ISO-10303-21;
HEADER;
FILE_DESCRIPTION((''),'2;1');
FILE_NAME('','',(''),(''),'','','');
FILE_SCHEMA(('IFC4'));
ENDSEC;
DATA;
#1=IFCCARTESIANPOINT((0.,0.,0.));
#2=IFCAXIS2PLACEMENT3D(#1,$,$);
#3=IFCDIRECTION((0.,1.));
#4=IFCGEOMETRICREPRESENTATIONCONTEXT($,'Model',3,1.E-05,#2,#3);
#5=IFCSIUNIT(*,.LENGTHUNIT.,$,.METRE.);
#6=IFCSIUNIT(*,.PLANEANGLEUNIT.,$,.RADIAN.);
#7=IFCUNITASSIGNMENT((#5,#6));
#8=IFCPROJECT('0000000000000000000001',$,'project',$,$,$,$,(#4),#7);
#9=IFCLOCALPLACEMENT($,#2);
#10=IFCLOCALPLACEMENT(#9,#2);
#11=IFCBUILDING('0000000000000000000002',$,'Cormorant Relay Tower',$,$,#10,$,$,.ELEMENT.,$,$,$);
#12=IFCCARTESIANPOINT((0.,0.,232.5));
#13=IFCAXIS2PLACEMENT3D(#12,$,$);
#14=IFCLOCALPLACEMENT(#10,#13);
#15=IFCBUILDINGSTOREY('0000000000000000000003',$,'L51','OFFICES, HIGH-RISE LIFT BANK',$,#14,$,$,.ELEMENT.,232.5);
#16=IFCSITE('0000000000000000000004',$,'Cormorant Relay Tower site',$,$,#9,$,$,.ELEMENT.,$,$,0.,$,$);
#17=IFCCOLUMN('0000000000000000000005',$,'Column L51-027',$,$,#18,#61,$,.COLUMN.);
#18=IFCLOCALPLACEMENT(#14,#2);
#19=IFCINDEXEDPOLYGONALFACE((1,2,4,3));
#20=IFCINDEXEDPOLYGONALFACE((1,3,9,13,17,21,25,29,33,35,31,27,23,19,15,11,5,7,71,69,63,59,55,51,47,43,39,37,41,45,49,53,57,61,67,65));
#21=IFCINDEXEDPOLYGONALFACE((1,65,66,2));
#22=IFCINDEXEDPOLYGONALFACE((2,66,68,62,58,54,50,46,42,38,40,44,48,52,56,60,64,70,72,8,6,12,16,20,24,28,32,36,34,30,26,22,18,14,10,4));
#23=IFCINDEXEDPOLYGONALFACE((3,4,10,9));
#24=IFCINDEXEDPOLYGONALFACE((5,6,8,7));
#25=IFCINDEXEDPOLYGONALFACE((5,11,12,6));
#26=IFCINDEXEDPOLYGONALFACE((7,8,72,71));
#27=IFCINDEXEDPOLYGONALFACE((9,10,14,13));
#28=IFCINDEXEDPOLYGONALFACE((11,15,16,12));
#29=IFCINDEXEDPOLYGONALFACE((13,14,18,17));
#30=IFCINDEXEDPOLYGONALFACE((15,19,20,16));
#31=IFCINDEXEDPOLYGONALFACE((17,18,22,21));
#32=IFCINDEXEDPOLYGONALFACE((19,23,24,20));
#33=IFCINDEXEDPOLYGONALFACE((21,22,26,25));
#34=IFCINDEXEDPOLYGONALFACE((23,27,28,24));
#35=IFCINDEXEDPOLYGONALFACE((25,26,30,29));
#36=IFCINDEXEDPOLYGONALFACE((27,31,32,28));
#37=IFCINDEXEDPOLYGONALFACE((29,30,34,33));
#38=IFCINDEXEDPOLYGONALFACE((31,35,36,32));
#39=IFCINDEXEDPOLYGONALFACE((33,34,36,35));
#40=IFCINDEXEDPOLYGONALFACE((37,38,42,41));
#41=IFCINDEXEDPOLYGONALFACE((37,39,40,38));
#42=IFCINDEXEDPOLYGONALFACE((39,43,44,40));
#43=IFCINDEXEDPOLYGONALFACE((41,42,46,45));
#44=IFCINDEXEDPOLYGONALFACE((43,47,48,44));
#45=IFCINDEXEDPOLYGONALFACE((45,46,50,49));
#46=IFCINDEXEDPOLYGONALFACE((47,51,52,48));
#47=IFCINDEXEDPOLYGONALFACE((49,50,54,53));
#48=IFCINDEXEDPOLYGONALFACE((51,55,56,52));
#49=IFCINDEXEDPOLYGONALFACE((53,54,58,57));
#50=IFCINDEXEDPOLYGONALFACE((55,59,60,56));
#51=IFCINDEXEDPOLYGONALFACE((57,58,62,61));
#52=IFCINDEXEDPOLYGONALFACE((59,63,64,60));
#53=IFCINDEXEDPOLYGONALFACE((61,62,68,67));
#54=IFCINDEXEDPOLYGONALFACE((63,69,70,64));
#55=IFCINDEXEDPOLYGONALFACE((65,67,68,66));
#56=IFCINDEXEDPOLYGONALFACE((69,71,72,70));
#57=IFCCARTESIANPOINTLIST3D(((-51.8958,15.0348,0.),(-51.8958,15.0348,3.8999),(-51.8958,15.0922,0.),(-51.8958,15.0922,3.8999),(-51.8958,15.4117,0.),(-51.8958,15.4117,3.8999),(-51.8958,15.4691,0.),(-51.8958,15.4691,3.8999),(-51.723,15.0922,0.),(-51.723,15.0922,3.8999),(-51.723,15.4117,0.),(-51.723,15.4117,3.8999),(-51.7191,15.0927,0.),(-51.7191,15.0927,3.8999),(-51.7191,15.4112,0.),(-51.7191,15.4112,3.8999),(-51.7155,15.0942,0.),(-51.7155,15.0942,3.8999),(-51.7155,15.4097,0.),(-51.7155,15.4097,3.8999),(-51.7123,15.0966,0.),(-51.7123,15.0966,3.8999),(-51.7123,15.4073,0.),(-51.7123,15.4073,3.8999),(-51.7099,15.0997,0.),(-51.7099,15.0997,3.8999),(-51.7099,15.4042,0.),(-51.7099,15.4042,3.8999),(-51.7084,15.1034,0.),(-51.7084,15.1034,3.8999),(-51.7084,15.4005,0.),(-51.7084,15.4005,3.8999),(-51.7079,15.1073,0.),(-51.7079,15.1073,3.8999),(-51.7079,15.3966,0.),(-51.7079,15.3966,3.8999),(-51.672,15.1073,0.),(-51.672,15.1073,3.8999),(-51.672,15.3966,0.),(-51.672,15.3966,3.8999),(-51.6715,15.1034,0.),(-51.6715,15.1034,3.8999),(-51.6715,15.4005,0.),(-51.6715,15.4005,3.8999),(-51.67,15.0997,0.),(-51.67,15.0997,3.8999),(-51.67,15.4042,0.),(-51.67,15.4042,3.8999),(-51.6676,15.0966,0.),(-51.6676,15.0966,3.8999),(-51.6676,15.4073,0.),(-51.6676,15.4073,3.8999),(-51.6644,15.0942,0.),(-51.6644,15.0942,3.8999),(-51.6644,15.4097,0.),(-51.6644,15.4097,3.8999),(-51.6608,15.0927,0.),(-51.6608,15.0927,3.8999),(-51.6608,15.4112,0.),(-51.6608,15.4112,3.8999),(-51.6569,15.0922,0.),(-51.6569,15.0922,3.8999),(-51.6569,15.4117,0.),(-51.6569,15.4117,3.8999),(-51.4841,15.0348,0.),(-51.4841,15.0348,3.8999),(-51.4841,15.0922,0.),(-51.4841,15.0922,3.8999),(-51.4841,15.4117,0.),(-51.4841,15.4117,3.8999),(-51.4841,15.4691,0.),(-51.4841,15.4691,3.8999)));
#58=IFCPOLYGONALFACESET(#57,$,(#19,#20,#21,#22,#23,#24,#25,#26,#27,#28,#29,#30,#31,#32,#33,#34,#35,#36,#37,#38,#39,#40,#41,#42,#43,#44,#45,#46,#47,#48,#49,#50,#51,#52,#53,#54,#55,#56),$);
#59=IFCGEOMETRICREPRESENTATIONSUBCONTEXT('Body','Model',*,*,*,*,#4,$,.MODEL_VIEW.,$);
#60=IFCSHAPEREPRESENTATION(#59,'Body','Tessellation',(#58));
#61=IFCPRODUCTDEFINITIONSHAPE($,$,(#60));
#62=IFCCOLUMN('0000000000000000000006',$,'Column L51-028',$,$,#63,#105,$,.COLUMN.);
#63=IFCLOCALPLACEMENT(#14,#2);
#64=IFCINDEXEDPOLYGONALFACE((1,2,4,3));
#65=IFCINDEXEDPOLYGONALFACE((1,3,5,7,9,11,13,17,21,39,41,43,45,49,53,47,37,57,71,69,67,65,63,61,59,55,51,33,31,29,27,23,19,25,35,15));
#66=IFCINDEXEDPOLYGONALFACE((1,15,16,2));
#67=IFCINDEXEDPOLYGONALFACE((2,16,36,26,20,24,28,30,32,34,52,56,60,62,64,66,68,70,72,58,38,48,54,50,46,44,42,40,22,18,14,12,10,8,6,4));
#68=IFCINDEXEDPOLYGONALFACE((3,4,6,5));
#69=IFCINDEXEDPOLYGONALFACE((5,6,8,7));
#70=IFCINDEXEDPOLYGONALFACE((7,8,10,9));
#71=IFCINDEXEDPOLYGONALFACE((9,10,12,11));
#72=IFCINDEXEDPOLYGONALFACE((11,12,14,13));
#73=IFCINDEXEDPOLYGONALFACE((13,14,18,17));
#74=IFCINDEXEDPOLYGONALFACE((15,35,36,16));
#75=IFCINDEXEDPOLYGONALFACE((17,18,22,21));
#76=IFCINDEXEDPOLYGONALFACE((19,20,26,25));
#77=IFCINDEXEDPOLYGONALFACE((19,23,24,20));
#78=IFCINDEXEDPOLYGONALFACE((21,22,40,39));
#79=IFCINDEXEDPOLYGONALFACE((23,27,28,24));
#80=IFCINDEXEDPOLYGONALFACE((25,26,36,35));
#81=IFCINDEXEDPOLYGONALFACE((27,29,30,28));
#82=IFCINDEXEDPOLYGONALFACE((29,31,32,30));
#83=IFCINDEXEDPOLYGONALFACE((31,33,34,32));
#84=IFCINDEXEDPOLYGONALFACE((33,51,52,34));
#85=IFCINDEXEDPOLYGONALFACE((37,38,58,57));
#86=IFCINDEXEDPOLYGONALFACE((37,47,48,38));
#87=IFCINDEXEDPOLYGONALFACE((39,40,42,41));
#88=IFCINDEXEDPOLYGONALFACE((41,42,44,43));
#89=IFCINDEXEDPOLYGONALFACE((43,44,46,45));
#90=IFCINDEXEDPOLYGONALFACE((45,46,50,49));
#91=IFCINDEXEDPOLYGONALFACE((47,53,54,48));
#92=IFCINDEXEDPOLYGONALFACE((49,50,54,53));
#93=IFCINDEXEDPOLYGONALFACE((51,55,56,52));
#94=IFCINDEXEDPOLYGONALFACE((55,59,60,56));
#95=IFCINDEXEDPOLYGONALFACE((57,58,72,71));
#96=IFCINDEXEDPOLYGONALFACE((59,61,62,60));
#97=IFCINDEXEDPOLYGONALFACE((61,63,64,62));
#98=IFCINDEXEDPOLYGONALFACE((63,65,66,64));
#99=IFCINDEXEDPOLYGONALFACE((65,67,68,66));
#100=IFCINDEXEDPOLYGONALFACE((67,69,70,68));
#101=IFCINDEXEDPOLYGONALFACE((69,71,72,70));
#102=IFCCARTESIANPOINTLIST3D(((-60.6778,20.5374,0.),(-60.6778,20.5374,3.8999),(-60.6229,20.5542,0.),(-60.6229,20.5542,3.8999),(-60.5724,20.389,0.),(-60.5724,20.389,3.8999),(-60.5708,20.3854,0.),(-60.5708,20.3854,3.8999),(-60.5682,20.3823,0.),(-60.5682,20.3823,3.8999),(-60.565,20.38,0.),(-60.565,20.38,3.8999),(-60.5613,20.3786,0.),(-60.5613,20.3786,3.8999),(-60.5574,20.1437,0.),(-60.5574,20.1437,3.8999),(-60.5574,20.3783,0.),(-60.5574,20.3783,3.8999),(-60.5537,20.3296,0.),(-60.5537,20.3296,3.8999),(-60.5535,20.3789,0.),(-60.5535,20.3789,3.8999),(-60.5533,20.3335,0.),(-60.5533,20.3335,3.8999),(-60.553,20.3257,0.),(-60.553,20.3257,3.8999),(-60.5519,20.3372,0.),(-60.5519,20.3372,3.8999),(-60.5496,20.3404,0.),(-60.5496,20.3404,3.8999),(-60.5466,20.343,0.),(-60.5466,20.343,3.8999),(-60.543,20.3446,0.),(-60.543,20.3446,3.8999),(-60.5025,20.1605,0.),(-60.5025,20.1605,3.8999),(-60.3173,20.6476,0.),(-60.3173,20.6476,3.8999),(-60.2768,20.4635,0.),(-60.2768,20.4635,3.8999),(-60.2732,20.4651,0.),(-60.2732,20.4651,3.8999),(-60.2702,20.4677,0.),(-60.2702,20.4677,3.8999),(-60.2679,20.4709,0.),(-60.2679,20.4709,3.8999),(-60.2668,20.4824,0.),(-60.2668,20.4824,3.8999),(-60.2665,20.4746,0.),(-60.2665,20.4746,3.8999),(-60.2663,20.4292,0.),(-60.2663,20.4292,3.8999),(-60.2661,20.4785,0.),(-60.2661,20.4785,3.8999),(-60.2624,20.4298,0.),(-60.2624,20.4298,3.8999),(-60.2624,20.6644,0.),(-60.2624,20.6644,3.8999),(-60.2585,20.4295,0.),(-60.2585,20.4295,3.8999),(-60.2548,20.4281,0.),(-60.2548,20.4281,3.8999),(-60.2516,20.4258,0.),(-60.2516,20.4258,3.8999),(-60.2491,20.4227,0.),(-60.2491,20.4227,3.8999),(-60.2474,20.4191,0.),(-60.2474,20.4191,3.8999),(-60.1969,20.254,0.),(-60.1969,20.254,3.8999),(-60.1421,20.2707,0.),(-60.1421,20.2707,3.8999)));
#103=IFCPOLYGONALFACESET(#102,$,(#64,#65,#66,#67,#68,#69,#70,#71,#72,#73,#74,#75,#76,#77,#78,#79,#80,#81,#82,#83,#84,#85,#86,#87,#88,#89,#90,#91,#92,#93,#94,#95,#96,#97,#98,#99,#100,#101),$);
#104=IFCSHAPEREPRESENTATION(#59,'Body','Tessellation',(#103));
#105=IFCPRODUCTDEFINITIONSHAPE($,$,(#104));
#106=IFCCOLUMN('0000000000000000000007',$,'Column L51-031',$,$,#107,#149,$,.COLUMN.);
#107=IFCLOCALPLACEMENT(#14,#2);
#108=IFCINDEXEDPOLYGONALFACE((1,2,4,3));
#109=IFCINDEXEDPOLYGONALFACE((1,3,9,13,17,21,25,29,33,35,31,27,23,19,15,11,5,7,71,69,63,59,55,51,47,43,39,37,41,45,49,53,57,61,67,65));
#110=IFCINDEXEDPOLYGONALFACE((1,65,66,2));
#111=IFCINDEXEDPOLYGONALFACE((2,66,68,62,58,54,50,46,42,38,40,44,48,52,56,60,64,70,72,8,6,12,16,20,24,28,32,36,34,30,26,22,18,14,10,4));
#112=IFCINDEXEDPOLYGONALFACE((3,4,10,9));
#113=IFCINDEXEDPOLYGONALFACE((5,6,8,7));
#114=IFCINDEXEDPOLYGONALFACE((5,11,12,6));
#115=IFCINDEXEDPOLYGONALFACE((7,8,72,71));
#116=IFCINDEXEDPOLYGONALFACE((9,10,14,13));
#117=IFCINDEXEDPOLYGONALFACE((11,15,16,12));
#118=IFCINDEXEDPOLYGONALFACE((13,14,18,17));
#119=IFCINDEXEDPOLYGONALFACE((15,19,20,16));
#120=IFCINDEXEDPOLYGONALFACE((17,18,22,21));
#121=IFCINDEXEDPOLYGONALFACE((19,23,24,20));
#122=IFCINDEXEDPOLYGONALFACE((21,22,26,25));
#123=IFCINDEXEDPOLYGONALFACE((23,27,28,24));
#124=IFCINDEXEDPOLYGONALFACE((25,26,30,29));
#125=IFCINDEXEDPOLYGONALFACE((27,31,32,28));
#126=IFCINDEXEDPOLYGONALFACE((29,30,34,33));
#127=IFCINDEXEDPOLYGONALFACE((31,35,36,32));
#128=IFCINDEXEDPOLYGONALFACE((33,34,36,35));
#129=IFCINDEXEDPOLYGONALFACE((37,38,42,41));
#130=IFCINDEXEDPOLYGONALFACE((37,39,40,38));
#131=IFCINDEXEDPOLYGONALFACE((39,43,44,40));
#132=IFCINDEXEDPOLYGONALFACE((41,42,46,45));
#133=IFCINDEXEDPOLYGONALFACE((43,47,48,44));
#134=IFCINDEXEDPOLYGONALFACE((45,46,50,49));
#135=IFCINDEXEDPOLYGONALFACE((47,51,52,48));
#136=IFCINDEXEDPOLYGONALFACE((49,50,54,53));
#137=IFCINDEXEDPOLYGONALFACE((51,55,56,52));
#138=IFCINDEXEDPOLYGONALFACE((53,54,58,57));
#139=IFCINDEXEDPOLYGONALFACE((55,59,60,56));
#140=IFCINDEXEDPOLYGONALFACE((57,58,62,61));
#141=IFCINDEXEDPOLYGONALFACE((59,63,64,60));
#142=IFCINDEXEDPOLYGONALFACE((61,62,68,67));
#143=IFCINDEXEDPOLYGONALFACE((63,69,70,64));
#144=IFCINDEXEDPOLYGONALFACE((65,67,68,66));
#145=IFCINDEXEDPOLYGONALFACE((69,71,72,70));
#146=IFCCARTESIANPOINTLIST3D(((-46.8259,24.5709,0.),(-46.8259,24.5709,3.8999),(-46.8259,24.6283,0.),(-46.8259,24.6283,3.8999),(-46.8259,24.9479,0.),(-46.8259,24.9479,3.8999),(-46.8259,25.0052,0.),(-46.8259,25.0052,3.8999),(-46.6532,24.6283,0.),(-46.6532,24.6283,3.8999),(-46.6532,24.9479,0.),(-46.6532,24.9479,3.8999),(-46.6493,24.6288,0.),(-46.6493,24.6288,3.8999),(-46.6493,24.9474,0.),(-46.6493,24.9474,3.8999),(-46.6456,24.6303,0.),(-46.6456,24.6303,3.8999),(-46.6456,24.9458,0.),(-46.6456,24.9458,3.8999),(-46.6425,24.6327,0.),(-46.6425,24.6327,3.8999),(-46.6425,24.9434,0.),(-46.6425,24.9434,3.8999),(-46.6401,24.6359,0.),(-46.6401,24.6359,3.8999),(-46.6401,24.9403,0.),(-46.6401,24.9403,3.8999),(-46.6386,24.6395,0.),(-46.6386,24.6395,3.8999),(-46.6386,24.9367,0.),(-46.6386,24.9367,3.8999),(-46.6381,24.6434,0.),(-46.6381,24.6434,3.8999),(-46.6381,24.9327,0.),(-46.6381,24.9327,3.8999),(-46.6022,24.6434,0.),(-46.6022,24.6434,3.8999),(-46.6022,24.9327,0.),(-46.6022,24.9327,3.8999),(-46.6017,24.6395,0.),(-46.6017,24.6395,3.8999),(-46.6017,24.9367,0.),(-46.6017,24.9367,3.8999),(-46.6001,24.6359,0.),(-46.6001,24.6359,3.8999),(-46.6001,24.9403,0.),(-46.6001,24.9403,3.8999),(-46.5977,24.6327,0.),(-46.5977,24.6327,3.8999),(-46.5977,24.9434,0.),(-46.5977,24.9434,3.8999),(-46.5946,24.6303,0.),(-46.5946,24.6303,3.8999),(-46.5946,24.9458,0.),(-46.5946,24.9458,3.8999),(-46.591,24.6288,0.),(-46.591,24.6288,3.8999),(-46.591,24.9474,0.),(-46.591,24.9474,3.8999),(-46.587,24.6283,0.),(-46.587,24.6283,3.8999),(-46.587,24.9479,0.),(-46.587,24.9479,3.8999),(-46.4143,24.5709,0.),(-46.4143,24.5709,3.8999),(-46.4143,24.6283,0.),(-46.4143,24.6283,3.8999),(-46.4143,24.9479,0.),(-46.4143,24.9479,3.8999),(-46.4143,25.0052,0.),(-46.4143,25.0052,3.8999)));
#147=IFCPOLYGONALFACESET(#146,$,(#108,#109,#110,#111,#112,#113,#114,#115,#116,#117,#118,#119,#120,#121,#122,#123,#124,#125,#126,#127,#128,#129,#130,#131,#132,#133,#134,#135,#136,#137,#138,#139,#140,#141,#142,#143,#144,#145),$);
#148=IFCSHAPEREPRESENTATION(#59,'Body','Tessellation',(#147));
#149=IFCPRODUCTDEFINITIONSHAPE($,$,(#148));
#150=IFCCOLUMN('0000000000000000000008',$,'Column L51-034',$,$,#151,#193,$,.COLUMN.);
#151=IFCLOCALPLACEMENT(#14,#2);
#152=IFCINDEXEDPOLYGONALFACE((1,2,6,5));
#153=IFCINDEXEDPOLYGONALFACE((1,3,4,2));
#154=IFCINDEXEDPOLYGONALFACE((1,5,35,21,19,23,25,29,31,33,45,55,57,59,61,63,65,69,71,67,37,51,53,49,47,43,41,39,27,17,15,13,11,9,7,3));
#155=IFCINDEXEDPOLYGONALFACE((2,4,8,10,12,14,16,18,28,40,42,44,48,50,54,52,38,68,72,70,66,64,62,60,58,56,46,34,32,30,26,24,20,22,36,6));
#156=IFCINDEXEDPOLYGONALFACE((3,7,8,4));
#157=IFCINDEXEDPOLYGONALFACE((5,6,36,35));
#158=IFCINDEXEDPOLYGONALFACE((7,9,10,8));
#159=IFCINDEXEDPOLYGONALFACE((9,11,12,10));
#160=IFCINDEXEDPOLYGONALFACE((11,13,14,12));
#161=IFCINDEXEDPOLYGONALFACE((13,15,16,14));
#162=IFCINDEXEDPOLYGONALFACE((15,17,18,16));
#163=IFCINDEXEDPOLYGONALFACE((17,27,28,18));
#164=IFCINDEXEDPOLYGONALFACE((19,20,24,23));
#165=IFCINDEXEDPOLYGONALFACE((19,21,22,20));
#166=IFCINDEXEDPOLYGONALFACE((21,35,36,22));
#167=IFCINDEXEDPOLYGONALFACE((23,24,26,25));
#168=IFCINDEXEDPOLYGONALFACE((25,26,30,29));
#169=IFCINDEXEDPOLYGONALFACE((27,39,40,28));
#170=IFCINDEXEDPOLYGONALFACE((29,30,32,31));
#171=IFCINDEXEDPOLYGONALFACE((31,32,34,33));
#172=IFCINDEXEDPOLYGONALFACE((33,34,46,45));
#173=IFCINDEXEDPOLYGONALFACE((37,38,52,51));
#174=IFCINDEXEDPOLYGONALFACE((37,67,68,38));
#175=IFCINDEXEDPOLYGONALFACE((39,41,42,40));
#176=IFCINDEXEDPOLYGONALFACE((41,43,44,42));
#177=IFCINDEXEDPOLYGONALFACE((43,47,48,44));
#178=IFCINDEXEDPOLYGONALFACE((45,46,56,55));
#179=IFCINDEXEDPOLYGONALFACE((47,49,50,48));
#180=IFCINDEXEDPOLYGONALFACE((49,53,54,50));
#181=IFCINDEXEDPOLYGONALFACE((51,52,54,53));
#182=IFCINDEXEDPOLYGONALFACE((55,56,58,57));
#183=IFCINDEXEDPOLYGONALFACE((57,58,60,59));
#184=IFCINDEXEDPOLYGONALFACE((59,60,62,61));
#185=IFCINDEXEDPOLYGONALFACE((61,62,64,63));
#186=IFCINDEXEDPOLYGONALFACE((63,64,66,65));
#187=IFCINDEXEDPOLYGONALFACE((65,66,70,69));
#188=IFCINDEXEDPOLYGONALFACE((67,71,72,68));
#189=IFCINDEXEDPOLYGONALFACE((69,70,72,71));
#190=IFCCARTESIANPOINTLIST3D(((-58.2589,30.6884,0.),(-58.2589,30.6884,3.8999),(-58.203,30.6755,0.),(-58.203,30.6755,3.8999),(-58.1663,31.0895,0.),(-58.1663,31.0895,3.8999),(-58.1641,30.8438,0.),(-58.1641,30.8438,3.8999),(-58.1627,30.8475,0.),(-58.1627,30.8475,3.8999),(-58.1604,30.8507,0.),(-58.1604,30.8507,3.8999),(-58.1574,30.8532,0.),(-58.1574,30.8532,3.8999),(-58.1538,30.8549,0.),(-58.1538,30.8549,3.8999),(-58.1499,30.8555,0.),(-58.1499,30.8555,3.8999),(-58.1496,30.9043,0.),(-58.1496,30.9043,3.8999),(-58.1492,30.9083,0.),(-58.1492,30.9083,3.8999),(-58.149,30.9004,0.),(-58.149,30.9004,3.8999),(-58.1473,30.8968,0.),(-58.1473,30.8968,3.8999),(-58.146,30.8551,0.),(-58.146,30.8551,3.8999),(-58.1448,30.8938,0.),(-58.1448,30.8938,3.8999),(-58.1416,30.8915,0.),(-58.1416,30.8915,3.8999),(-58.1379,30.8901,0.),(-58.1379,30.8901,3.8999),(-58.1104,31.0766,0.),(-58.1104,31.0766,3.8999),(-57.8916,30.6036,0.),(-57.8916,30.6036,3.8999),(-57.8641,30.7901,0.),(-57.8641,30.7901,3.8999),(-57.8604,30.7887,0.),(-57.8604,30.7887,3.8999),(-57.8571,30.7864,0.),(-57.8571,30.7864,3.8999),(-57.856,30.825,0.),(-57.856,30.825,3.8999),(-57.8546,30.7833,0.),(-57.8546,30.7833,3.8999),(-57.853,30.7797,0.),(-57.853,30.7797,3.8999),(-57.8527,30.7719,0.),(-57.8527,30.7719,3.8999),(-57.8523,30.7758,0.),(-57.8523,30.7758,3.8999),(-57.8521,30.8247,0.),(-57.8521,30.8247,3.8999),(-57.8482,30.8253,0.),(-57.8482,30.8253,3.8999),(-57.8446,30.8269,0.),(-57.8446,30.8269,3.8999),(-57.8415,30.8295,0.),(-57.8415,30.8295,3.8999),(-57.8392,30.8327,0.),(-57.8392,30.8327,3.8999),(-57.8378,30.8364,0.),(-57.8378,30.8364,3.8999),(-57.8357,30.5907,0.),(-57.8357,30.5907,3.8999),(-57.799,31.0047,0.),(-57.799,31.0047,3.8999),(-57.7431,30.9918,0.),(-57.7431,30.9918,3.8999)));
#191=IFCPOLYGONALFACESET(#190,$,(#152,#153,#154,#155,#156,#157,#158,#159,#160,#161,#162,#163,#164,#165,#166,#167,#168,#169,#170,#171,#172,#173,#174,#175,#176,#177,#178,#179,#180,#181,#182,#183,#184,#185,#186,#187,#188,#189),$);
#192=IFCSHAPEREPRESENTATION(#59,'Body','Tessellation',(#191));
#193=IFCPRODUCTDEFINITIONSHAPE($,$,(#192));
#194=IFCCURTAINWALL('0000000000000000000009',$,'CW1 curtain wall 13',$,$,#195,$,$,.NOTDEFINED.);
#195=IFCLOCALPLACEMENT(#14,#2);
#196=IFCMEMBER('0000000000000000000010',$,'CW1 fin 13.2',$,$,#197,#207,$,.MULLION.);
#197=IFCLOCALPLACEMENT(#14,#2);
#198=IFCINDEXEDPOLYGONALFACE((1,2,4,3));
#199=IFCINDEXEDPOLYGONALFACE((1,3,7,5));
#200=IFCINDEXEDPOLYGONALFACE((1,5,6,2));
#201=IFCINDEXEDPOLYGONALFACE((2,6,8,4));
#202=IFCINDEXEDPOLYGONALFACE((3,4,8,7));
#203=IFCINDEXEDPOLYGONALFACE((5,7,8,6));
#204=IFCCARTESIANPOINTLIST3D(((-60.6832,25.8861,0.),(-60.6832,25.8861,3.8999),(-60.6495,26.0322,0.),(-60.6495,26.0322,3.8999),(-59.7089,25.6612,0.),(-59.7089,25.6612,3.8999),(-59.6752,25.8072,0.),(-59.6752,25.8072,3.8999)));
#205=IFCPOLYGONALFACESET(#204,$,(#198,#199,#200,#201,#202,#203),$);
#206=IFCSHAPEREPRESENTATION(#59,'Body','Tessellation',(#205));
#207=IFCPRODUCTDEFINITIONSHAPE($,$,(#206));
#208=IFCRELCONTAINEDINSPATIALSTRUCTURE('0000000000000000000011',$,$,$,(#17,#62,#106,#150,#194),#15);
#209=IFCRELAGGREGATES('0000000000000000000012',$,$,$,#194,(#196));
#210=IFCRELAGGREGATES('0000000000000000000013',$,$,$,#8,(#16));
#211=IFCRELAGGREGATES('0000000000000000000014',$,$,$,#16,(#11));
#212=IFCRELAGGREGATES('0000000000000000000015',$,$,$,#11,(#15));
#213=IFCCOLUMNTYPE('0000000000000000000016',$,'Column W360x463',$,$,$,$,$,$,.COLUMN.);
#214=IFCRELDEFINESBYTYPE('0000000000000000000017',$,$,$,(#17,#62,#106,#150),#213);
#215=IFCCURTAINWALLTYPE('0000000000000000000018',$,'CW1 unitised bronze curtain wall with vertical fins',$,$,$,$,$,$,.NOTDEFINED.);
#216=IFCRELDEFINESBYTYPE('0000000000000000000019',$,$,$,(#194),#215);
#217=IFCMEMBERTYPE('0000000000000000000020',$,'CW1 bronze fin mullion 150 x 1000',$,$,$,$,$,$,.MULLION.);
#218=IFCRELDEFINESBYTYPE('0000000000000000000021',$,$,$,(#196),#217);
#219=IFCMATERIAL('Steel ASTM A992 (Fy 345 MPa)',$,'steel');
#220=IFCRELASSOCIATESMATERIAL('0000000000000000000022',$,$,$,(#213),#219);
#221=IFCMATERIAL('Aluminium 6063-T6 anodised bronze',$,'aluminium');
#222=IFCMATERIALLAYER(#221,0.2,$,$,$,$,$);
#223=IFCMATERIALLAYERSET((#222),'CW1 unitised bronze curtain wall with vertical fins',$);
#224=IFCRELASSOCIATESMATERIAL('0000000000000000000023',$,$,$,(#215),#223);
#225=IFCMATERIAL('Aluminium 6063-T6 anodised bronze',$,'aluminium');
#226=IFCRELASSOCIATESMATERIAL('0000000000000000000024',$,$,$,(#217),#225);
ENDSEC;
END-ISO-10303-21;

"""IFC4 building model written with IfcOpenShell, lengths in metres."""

from ifc_helpers import new_model, si_unit, direction, frame, origin, origin_2d, place, context, subcontext, project, spatial, rectangle, i_section, extrude, material, layer, layer_set, material_profile, profile_set, type_object, element, aggregate, save


model = new_model("IFC4")

# Units and contexts
model_context = context("Model", 3, precision=1e-05, world=origin(), true_north=direction((0.0, 1.0)))
body_context = subcontext(model_context, "Body", "Model", "MODEL_VIEW")
ifc_project = project(units=[si_unit("LENGTHUNIT", "METRE"), si_unit("PLANEANGLEUNIT", "RADIAN")], contexts=[model_context])

# Site, building, storey
site_placement = place(None, origin())
site = spatial("IfcSite", under=ifc_project, at=site_placement, Name="Cormorant Relay Tower site", CompositionType="ELEMENT", RefElevation=0.0)
building_placement = place(site_placement, origin())
building = spatial("IfcBuilding", under=site, at=building_placement, Name="Cormorant Relay Tower", CompositionType="ELEMENT")
storey_placement = place(building_placement, frame((0.0, 0.0, 232.5)))
storey = spatial("IfcBuildingStorey", under=building, at=storey_placement, Name="L51", Description="OFFICES, HIGH-RISE LIFT BANK", CompositionType="ELEMENT", Elevation=232.5)

# Columns
ifc_material_1 = material(Name="Steel ASTM A992 (Fy 345 MPa)", Category="steel")
ifc_material_profile_1 = material_profile(ifc_material_1, i_section(OverallWidth=0.4116, OverallDepth=0.4343, WebThickness=0.0359, FlangeThickness=0.0574, FilletRadius=0.0151, at=origin_2d()), Name="W360x463")
ifc_profile_set_1 = profile_set([ifc_material_profile_1], Name="Steel ASTM A992 (Fy 345 MPa)")
column_type = type_object("IfcColumnType", Name="Column W360x463", PredefinedType="COLUMN", material=ifc_profile_set_1)
for number, where, z_axis, x_axis, name in (
    (1, (-51.6899, 15.252, 0.0), (0.0, 0.0, 1.0), (1.0, 0.0, 0.0), "Column L51-027"),
    (2, (-60.4099, 20.4041, 0.0), (0.0, 0.0, 1.0), (0.292372, -0.956305, 0.0), "Column L51-028"),
    (3, (-46.6201, 24.7881, 0.0), (0.0, 0.0, 1.0), (1.0, 0.0, 0.0), "Column L51-031"),
    (4, (-58.001, 30.8401, 0.0), (0.0, 0.0, 1.0), (-0.224951, -0.97437, 0.0), "Column L51-034"),
):
    element("IfcColumn", number, at=place(storey_placement, frame(where, z_axis=z_axis, x_axis=x_axis)), inside=storey, type_object=column_type, Name=name, PredefinedType="COLUMN", context=body_context, shape_type="SweptSolid", body=[
        extrude(i_section(OverallWidth=0.4116, OverallDepth=0.4343, WebThickness=0.0359, FlangeThickness=0.0574, FilletRadius=0.0151, at=origin_2d()), origin(), (0.0, 0.0, 1.0), 3.8999),
    ])

# Curtain wall, member
ifc_material_2 = material(Name="Aluminium 6063-T6 anodised bronze", Category="aluminium")
ifc_layer_1 = layer(ifc_material_2, 0.2)
ifc_layer_set_1 = layer_set([ifc_layer_1], Name="CW1 unitised bronze curtain wall with vertical fins")
curtain_wall_type = type_object("IfcCurtainWallType", Name="CW1 unitised bronze curtain wall with vertical fins", PredefinedType="NOTDEFINED", material=ifc_layer_set_1)
curtain_wall_1_placement = place(storey_placement, origin())
curtain_wall_1 = element("IfcCurtainWall", 5, at=curtain_wall_1_placement, inside=storey, type_object=curtain_wall_type, Name="CW1 curtain wall 13", PredefinedType="NOTDEFINED")
ifc_material_3 = material(Name="Aluminium 6063-T6 anodised bronze", Category="aluminium")
ifc_material_profile_2 = material_profile(ifc_material_3, rectangle(XDim=0.1499, YDim=1.0, at=origin_2d()), Name="AL 150x1000")
ifc_profile_set_2 = profile_set([ifc_material_profile_2], Name="Aluminium 6063-T6 anodised bronze")
member_type_1 = type_object("IfcMemberType", Name="CW1 bronze fin mullion 150 x 1000", PredefinedType="MULLION", material=ifc_profile_set_2)
member_1_placement = place(storey_placement, frame((-60.1792, 25.8467, 0.0), z_axis=(0.0, 0.0, 1.0), x_axis=(-0.224951, -0.97437, 0.0)))
member_1 = element("IfcMember", 6, at=member_1_placement, type_object=member_type_1, Name="CW1 fin 13.2", PredefinedType="MULLION", context=body_context, shape_type="SweptSolid", body=[
    extrude(rectangle(XDim=0.1499, YDim=1.0, at=origin_2d()), origin(), (0.0, 0.0, 1.0), 3.8999),
])

aggregate(curtain_wall_1, [member_1])

save(model, "model.ifc")
